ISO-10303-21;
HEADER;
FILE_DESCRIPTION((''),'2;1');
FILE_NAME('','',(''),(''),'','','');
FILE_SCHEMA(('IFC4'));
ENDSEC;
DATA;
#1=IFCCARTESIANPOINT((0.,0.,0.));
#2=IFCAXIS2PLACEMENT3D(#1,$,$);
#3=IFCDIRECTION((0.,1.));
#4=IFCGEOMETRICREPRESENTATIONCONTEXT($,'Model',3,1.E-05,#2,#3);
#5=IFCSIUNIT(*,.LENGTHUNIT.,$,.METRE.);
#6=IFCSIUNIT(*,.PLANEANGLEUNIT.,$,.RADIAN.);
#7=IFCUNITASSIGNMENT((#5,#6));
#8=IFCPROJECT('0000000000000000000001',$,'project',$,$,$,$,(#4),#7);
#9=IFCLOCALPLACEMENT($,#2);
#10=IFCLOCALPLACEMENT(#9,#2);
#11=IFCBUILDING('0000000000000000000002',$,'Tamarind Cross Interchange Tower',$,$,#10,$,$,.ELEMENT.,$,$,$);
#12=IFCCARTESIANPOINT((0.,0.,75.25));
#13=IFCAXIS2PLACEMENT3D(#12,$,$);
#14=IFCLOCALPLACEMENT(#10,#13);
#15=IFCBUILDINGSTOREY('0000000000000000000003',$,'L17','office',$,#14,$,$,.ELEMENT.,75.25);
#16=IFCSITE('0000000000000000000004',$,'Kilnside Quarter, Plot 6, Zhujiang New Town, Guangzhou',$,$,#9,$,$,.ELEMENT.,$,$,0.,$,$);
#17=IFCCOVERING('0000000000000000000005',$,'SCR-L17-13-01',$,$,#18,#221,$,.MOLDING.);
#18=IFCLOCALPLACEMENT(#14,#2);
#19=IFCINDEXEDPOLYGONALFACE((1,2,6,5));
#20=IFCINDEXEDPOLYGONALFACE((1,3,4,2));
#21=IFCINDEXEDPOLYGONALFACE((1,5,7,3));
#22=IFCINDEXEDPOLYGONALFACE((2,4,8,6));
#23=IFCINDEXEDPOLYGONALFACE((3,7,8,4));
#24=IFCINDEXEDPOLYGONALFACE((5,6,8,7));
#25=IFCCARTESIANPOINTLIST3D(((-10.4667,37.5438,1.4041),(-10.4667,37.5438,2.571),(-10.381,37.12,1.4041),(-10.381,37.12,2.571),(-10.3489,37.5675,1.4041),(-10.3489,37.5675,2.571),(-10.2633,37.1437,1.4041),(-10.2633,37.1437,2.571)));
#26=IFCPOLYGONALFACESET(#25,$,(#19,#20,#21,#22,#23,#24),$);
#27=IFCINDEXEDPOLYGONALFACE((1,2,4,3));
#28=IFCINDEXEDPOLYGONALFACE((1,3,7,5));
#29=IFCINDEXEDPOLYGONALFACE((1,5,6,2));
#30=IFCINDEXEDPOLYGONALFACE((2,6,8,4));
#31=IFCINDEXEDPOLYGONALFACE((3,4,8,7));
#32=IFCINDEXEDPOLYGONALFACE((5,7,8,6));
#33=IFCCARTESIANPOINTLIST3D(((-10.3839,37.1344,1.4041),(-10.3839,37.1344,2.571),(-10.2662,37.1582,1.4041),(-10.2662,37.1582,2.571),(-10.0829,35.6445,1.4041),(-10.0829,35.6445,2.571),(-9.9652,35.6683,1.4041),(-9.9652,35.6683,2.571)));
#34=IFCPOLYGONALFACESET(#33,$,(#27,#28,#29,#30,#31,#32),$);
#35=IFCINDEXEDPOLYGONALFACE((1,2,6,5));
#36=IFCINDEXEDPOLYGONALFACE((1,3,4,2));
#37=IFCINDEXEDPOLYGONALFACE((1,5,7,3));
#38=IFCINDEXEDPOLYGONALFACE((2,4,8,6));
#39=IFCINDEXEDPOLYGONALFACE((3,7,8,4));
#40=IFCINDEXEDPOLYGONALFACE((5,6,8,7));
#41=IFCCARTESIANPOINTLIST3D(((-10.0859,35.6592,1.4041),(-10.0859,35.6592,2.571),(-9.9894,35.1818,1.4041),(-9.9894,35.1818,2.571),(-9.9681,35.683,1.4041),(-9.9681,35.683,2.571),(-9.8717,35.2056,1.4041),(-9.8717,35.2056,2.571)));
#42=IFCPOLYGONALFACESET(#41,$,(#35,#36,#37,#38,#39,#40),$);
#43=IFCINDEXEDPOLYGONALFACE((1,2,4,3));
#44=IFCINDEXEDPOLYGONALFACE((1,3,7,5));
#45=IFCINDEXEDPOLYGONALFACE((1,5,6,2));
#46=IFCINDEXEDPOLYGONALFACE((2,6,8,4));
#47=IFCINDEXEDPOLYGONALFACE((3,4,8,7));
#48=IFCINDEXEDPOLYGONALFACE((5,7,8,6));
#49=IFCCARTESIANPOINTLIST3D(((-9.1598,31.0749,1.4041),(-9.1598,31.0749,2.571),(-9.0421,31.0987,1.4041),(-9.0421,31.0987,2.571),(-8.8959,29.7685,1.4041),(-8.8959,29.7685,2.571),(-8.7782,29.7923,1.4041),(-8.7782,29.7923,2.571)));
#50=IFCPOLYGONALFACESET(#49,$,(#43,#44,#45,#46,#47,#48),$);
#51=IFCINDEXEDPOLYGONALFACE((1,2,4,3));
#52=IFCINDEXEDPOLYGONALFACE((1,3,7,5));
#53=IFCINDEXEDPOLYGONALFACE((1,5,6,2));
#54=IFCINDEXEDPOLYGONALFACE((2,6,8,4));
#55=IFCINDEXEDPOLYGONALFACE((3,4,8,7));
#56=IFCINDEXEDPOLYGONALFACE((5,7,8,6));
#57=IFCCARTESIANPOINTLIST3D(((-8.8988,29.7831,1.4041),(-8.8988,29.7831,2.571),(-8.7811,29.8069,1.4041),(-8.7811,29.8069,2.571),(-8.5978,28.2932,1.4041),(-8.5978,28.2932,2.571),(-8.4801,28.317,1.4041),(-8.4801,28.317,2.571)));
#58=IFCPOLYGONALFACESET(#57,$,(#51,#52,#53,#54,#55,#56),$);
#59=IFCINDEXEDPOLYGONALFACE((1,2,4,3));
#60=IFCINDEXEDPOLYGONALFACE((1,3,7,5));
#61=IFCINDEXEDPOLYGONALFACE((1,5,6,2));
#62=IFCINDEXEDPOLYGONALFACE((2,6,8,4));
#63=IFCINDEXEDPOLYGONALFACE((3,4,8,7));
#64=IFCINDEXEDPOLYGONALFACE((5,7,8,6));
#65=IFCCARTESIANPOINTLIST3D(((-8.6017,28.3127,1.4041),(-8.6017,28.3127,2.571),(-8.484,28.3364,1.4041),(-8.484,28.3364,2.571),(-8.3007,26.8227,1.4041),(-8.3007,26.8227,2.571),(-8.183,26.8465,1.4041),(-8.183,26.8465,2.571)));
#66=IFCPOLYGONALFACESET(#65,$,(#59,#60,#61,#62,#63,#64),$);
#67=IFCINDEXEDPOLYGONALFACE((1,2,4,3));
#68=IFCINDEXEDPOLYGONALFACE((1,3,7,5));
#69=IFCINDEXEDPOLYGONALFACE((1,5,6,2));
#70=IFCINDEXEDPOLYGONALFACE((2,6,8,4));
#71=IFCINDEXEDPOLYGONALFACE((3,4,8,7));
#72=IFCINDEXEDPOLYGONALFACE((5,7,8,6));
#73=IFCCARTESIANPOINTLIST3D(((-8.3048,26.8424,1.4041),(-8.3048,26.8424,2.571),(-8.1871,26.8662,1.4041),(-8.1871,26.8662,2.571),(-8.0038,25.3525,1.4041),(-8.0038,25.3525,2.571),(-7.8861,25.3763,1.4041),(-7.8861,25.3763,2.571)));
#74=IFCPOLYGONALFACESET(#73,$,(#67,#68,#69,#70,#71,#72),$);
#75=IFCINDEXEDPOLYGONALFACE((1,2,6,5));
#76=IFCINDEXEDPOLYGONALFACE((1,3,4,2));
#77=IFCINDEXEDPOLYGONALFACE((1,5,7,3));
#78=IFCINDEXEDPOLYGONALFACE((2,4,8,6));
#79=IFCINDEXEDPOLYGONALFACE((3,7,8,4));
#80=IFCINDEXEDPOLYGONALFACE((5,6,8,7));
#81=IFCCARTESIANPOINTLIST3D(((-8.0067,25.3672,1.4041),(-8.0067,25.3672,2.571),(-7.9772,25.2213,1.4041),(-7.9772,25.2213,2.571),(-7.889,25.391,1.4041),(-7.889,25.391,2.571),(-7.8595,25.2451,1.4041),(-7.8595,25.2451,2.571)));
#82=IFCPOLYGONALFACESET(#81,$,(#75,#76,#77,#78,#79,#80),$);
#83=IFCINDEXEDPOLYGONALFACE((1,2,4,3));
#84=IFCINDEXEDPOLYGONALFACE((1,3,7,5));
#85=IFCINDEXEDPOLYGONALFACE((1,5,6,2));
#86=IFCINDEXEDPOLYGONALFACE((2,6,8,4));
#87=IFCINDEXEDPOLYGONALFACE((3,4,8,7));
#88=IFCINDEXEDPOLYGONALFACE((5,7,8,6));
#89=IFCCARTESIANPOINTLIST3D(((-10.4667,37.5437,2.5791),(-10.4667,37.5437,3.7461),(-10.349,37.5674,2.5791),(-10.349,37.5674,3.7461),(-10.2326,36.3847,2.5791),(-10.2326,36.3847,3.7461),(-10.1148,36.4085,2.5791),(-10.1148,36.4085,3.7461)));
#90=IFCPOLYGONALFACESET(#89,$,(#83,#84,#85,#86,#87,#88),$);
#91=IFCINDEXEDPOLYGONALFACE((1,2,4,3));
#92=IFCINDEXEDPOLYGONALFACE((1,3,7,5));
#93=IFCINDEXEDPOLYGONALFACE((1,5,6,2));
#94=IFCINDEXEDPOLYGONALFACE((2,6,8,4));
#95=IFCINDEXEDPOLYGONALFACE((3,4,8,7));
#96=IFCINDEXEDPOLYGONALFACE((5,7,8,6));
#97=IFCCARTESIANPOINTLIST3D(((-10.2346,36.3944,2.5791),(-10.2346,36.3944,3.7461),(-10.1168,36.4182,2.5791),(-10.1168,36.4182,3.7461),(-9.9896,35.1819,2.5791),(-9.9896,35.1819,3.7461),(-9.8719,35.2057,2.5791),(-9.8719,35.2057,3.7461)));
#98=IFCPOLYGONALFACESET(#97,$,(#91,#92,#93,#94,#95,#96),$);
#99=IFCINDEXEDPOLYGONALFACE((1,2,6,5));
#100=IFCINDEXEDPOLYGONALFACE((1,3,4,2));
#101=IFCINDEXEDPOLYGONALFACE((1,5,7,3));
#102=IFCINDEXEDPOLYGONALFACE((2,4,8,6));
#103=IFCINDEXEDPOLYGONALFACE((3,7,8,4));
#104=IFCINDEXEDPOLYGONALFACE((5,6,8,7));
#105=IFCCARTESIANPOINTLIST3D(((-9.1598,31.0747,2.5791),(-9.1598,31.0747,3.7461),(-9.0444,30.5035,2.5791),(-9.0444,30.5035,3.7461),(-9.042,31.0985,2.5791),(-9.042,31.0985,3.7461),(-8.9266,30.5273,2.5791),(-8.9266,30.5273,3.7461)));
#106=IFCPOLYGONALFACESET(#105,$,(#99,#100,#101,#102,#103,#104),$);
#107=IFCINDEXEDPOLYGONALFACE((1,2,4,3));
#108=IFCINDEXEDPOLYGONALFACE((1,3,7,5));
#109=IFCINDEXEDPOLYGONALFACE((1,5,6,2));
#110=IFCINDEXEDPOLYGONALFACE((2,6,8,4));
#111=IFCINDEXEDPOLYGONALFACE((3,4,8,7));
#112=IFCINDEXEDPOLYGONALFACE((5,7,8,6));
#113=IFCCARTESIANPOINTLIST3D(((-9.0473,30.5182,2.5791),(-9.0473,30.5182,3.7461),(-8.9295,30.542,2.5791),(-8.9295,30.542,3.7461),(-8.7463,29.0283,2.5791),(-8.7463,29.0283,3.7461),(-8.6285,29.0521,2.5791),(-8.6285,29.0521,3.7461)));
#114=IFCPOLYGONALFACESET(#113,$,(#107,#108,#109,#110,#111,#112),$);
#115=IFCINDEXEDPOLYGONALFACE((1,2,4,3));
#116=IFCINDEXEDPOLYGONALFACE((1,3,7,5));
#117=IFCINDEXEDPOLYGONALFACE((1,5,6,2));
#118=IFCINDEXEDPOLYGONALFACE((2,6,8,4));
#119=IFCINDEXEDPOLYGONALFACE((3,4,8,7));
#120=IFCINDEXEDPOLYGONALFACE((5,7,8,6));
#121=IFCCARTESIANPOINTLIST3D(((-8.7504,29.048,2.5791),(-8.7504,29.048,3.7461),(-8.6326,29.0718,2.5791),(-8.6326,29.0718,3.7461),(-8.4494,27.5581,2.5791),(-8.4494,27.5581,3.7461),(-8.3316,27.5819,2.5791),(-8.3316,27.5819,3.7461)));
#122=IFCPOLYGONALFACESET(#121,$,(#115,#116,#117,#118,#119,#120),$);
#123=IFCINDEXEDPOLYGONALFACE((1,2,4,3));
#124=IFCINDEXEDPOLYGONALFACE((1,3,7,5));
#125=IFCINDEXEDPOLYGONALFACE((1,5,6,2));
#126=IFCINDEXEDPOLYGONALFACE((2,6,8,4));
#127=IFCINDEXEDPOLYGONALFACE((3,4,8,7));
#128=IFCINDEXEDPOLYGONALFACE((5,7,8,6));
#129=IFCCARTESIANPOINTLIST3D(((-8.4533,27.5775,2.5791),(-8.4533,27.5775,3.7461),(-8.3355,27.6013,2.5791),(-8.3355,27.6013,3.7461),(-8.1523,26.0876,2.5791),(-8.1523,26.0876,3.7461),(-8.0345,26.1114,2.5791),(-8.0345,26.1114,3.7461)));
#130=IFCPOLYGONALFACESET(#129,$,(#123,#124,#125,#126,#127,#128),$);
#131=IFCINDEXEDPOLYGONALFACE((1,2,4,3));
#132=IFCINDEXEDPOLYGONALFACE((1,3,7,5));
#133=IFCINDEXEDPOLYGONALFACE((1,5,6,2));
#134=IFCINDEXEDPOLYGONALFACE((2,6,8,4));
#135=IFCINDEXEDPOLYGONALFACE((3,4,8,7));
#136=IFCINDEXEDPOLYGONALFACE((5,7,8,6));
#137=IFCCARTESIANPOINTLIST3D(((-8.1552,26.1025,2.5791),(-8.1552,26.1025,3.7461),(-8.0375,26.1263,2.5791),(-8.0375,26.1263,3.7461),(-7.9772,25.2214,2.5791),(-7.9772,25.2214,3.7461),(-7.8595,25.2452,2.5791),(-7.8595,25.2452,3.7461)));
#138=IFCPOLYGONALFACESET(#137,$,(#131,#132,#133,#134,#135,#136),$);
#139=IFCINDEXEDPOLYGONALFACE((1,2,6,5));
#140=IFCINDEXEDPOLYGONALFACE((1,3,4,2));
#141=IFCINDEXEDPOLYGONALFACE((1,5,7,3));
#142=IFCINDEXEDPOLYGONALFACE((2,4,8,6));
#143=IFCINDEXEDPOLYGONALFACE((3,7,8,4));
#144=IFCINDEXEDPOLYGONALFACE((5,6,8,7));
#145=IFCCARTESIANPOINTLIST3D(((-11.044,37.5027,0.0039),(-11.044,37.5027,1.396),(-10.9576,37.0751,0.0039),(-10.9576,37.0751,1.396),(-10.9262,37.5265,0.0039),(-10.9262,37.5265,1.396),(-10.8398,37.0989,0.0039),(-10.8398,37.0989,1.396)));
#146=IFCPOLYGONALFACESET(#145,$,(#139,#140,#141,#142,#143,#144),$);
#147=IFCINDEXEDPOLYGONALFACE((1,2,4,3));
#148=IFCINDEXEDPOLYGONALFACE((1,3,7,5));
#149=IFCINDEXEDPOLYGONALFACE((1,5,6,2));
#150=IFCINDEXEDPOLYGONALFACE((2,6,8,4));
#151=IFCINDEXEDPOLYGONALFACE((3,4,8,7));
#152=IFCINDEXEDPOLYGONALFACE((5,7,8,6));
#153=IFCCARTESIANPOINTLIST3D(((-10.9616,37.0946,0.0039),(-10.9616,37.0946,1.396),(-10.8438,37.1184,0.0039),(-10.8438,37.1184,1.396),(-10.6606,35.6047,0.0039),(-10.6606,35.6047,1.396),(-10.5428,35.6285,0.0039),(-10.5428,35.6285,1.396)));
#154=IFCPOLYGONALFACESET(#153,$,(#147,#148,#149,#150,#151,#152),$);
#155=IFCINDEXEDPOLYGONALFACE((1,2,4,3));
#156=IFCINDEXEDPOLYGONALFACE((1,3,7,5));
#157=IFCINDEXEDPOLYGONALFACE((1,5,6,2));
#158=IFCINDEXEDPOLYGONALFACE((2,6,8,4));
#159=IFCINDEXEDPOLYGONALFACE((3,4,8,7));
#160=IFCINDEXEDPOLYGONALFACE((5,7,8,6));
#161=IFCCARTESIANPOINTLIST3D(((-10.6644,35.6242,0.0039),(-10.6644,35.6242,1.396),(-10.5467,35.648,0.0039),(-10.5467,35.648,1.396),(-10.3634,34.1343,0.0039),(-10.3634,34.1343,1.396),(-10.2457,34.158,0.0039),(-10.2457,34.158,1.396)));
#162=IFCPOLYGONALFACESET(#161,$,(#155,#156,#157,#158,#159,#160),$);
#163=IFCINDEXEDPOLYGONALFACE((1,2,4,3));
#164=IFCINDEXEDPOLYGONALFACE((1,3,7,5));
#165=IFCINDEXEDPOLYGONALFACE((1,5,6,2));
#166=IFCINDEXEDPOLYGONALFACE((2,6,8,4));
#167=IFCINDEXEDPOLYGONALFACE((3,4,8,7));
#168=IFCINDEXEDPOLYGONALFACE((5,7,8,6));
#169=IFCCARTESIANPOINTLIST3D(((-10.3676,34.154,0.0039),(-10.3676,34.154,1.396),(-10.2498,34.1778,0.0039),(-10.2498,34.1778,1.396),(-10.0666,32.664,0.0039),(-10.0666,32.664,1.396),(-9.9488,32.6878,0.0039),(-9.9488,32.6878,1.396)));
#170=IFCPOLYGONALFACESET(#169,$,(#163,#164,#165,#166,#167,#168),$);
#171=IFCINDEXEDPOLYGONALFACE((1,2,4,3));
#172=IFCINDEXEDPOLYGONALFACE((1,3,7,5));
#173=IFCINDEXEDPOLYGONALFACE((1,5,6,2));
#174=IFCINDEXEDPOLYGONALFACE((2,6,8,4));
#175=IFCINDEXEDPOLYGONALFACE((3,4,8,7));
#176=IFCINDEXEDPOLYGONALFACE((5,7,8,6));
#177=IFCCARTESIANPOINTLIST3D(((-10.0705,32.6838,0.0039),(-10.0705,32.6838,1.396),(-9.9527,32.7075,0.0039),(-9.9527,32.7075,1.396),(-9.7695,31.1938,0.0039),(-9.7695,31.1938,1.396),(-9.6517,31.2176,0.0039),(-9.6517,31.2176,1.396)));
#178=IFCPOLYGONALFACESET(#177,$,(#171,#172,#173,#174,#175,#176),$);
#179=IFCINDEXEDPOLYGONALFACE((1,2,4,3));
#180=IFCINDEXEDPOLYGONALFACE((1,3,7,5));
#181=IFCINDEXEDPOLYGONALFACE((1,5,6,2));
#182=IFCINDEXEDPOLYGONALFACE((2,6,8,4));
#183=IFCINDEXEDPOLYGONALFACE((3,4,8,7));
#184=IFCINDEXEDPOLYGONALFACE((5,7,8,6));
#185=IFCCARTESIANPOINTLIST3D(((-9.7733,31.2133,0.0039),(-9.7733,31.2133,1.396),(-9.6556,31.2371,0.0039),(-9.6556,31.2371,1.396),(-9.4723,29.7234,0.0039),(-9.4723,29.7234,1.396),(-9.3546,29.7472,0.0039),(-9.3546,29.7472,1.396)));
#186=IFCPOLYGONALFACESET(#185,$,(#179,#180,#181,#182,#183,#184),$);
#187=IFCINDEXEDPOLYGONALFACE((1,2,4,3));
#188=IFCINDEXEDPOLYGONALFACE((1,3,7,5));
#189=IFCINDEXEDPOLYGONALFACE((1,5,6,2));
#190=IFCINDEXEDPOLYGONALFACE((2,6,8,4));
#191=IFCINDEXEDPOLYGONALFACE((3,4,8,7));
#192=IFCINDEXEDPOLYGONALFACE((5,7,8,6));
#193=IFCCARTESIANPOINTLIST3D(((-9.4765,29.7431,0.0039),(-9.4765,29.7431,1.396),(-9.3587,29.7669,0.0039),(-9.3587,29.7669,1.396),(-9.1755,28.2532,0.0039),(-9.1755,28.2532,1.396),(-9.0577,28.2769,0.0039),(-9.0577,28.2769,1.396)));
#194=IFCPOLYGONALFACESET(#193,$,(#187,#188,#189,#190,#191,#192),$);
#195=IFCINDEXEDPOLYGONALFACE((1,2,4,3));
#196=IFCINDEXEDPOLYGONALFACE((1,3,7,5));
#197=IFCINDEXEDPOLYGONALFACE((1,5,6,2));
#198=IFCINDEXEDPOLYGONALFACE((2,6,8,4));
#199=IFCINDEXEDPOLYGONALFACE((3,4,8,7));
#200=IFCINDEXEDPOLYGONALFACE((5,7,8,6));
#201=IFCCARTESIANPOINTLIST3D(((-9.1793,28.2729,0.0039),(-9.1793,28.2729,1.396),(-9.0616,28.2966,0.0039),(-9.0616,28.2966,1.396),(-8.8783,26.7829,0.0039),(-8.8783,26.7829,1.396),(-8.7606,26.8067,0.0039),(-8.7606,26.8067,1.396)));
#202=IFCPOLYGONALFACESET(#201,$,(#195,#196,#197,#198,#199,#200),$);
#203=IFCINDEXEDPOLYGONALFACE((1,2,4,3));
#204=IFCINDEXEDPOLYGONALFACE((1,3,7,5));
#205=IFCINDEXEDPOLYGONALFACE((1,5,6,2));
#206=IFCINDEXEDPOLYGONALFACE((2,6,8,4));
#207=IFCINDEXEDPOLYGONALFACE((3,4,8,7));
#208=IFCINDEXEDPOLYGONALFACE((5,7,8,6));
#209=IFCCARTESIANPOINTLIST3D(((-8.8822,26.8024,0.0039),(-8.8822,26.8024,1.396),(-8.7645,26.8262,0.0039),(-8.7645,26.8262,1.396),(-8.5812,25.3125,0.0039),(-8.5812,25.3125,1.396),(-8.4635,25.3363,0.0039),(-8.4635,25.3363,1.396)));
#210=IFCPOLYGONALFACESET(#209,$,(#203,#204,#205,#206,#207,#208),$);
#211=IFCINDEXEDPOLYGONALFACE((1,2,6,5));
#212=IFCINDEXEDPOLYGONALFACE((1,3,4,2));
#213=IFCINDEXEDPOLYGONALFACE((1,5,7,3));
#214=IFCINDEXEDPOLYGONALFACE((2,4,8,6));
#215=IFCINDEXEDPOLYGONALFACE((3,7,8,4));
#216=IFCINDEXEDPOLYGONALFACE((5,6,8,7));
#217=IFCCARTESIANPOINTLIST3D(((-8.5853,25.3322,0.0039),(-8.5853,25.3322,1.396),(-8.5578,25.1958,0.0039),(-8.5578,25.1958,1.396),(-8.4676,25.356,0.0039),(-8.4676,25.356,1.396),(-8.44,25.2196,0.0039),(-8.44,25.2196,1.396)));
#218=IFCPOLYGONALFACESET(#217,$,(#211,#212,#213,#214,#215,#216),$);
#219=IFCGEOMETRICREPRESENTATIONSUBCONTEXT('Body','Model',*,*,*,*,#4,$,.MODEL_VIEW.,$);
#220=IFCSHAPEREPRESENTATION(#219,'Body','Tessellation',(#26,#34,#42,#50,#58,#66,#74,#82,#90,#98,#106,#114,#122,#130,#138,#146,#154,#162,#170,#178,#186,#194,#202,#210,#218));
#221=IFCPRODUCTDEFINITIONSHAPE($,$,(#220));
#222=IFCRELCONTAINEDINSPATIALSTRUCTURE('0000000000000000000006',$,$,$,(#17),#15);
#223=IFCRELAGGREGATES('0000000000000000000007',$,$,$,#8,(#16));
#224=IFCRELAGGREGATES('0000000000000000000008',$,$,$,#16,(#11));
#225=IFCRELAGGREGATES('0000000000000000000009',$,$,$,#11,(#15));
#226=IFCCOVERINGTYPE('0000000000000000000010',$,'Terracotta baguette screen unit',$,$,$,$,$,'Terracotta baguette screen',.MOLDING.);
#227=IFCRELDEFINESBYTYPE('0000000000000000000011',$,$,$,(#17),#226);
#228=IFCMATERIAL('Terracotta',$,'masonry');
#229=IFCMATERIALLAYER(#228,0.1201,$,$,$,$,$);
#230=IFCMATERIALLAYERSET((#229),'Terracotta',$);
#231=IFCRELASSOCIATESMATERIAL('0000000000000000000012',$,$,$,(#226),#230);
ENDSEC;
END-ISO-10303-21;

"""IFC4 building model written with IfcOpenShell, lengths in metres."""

from ifc_helpers import new_model, si_unit, direction, frame, origin, origin_2d, place, context, subcontext, project, spatial, rectangle, extrude, material, layer, layer_set, type_object, element, save


model = new_model("IFC4")

# Units and contexts
model_context = context("Model", 3, precision=1e-05, world=origin(), true_north=direction((0.0, 1.0)))
body_context = subcontext(model_context, "Body", "Model", "MODEL_VIEW")
ifc_project = project(units=[si_unit("LENGTHUNIT", "METRE"), si_unit("PLANEANGLEUNIT", "RADIAN")], contexts=[model_context])

# Site, building, storey
site_placement = place(None, origin())
site = spatial("IfcSite", under=ifc_project, at=site_placement, Name="Kilnside Quarter, Plot 6, Zhujiang New Town, Guangzhou", CompositionType="ELEMENT", RefElevation=0.0)
building_placement = place(site_placement, origin())
building = spatial("IfcBuilding", under=site, at=building_placement, Name="Tamarind Cross Interchange Tower", CompositionType="ELEMENT")
storey_placement = place(building_placement, frame((0.0, 0.0, 75.25)))
storey = spatial("IfcBuildingStorey", under=building, at=storey_placement, Name="L17", Description="office", CompositionType="ELEMENT", Elevation=75.25)

# Covering
ifc_material_1 = material(Name="Terracotta", Category="masonry")
ifc_layer_1 = layer(ifc_material_1, 0.1201)
ifc_layer_set_1 = layer_set([ifc_layer_1], Name="Terracotta")
covering_type = type_object("IfcCoveringType", Name="Terracotta baguette screen unit", ElementType="Terracotta baguette screen", PredefinedType="MOLDING", material=ifc_layer_set_1)
covering_1_placement = place(storey_placement, origin())
element("IfcCovering", 1, at=covering_1_placement, inside=storey, type_object=covering_type, Name="SCR-L17-13-01", PredefinedType="MOLDING", context=body_context, shape_type="SweptSolid", body=[
    extrude(rectangle(XDim=0.4324, YDim=0.1201, at=origin_2d()), frame((-10.365, 37.3438, 1.4041), z_axis=(0.0, 0.0, 1.0), x_axis=(0.198023, -0.980197, 0.0)), (0.0, 0.0, 1.0), 1.167),
    extrude(rectangle(XDim=1.52, YDim=0.1201, at=origin_2d()), frame((-10.1746, 36.4014, 1.4041), z_axis=(0.0, 0.0, 1.0), x_axis=(0.198023, -0.980197, 0.0)), (0.0, 0.0, 1.0), 1.167),
    extrude(rectangle(XDim=0.4871, YDim=0.1201, at=origin_2d()), frame((-9.9788, 35.4324, 1.4041), z_axis=(0.0, 0.0, 1.0), x_axis=(0.198023, -0.980197, 0.0)), (0.0, 0.0, 1.0), 1.167),
    extrude(rectangle(XDim=1.3328, YDim=0.1201, at=origin_2d()), frame((-8.969, 30.4336, 1.4041), z_axis=(0.0, 0.0, 1.0), x_axis=(0.198023, -0.980197, 0.0)), (0.0, 0.0, 1.0), 1.167),
    extrude(rectangle(XDim=1.52, YDim=0.1201, at=origin_2d()), frame((-8.6895, 29.05, 1.4041), z_axis=(0.0, 0.0, 1.0), x_axis=(0.198023, -0.980197, 0.0)), (0.0, 0.0, 1.0), 1.167),
    extrude(rectangle(XDim=1.52, YDim=0.1201, at=origin_2d()), frame((-8.3923, 27.5796, 1.4041), z_axis=(0.0, 0.0, 1.0), x_axis=(0.198023, -0.980197, 0.0)), (0.0, 0.0, 1.0), 1.167),
    extrude(rectangle(XDim=1.52, YDim=0.1201, at=origin_2d()), frame((-8.0955, 26.1094, 1.4041), z_axis=(0.0, 0.0, 1.0), x_axis=(0.198023, -0.980197, 0.0)), (0.0, 0.0, 1.0), 1.167),
    extrude(rectangle(XDim=0.1489, YDim=0.1201, at=origin_2d()), frame((-7.9331, 25.3062, 1.4041), z_axis=(0.0, 0.0, 1.0), x_axis=(0.198023, -0.980197, 0.0)), (0.0, 0.0, 1.0), 1.167),
    extrude(rectangle(XDim=1.1824, YDim=0.1201, at=origin_2d()), frame((-10.2908, 36.9761, 2.5791), z_axis=(0.0, 0.0, 1.0), x_axis=(0.198023, -0.980197, 0.0)), (0.0, 0.0, 1.0), 1.167),
    extrude(rectangle(XDim=1.2371, YDim=0.1201, at=origin_2d()), frame((-10.0532, 35.8, 2.5791), z_axis=(0.0, 0.0, 1.0), x_axis=(0.198023, -0.980197, 0.0)), (0.0, 0.0, 1.0), 1.167),
    extrude(rectangle(XDim=0.5828, YDim=0.1201, at=origin_2d()), frame((-9.0432, 30.801, 2.5791), z_axis=(0.0, 0.0, 1.0), x_axis=(0.198023, -0.980197, 0.0)), (0.0, 0.0, 1.0), 1.167),
    extrude(rectangle(XDim=1.52, YDim=0.1201, at=origin_2d()), frame((-8.8379, 29.7852, 2.5791), z_axis=(0.0, 0.0, 1.0), x_axis=(0.198023, -0.980197, 0.0)), (0.0, 0.0, 1.0), 1.167),
    extrude(rectangle(XDim=1.52, YDim=0.1201, at=origin_2d()), frame((-8.541, 28.3149, 2.5791), z_axis=(0.0, 0.0, 1.0), x_axis=(0.198023, -0.980197, 0.0)), (0.0, 0.0, 1.0), 1.167),
    extrude(rectangle(XDim=1.52, YDim=0.1201, at=origin_2d()), frame((-8.2439, 26.8445, 2.5791), z_axis=(0.0, 0.0, 1.0), x_axis=(0.198023, -0.980197, 0.0)), (0.0, 0.0, 1.0), 1.167),
    extrude(rectangle(XDim=0.8989, YDim=0.1201, at=origin_2d()), frame((-8.0073, 25.6738, 2.5791), z_axis=(0.0, 0.0, 1.0), x_axis=(0.198023, -0.980197, 0.0)), (0.0, 0.0, 1.0), 1.167),
    extrude(rectangle(XDim=0.4363, YDim=0.1201, at=origin_2d()), frame((-10.9419, 37.3008, 0.0039), z_axis=(0.0, 0.0, 1.0), x_axis=(0.198023, -0.980197, 0.0)), (0.0, 0.0, 1.0), 1.3921),
    extrude(rectangle(XDim=1.52, YDim=0.1201, at=origin_2d()), frame((-10.7522, 36.3616, 0.0039), z_axis=(0.0, 0.0, 1.0), x_axis=(0.198023, -0.980197, 0.0)), (0.0, 0.0, 1.0), 1.3921),
    extrude(rectangle(XDim=1.52, YDim=0.1201, at=origin_2d()), frame((-10.4551, 34.8911, 0.0039), z_axis=(0.0, 0.0, 1.0), x_axis=(0.198023, -0.980197, 0.0)), (0.0, 0.0, 1.0), 1.3921),
    extrude(rectangle(XDim=1.52, YDim=0.1201, at=origin_2d()), frame((-10.1582, 33.4209, 0.0039), z_axis=(0.0, 0.0, 1.0), x_axis=(0.198023, -0.980197, 0.0)), (0.0, 0.0, 1.0), 1.3921),
    extrude(rectangle(XDim=1.52, YDim=0.1201, at=origin_2d()), frame((-9.8611, 31.9507, 0.0039), z_axis=(0.0, 0.0, 1.0), x_axis=(0.198023, -0.980197, 0.0)), (0.0, 0.0, 1.0), 1.3921),
    extrude(rectangle(XDim=1.52, YDim=0.1201, at=origin_2d()), frame((-9.564, 30.4802, 0.0039), z_axis=(0.0, 0.0, 1.0), x_axis=(0.198023, -0.980197, 0.0)), (0.0, 0.0, 1.0), 1.3921),
    extrude(rectangle(XDim=1.52, YDim=0.1201, at=origin_2d()), frame((-9.2671, 29.01, 0.0039), z_axis=(0.0, 0.0, 1.0), x_axis=(0.198023, -0.980197, 0.0)), (0.0, 0.0, 1.0), 1.3921),
    extrude(rectangle(XDim=1.52, YDim=0.1201, at=origin_2d()), frame((-8.97, 27.5398, 0.0039), z_axis=(0.0, 0.0, 1.0), x_axis=(0.198023, -0.980197, 0.0)), (0.0, 0.0, 1.0), 1.3921),
    extrude(rectangle(XDim=1.52, YDim=0.1201, at=origin_2d()), frame((-8.6729, 26.0693, 0.0039), z_axis=(0.0, 0.0, 1.0), x_axis=(0.198023, -0.980197, 0.0)), (0.0, 0.0, 1.0), 1.3921),
    extrude(rectangle(XDim=0.1392, YDim=0.1201, at=origin_2d()), frame((-8.5127, 25.2759, 0.0039), z_axis=(0.0, 0.0, 1.0), x_axis=(0.198023, -0.980197, 0.0)), (0.0, 0.0, 1.0), 1.3921),
])

save(model, "model.ifc")
